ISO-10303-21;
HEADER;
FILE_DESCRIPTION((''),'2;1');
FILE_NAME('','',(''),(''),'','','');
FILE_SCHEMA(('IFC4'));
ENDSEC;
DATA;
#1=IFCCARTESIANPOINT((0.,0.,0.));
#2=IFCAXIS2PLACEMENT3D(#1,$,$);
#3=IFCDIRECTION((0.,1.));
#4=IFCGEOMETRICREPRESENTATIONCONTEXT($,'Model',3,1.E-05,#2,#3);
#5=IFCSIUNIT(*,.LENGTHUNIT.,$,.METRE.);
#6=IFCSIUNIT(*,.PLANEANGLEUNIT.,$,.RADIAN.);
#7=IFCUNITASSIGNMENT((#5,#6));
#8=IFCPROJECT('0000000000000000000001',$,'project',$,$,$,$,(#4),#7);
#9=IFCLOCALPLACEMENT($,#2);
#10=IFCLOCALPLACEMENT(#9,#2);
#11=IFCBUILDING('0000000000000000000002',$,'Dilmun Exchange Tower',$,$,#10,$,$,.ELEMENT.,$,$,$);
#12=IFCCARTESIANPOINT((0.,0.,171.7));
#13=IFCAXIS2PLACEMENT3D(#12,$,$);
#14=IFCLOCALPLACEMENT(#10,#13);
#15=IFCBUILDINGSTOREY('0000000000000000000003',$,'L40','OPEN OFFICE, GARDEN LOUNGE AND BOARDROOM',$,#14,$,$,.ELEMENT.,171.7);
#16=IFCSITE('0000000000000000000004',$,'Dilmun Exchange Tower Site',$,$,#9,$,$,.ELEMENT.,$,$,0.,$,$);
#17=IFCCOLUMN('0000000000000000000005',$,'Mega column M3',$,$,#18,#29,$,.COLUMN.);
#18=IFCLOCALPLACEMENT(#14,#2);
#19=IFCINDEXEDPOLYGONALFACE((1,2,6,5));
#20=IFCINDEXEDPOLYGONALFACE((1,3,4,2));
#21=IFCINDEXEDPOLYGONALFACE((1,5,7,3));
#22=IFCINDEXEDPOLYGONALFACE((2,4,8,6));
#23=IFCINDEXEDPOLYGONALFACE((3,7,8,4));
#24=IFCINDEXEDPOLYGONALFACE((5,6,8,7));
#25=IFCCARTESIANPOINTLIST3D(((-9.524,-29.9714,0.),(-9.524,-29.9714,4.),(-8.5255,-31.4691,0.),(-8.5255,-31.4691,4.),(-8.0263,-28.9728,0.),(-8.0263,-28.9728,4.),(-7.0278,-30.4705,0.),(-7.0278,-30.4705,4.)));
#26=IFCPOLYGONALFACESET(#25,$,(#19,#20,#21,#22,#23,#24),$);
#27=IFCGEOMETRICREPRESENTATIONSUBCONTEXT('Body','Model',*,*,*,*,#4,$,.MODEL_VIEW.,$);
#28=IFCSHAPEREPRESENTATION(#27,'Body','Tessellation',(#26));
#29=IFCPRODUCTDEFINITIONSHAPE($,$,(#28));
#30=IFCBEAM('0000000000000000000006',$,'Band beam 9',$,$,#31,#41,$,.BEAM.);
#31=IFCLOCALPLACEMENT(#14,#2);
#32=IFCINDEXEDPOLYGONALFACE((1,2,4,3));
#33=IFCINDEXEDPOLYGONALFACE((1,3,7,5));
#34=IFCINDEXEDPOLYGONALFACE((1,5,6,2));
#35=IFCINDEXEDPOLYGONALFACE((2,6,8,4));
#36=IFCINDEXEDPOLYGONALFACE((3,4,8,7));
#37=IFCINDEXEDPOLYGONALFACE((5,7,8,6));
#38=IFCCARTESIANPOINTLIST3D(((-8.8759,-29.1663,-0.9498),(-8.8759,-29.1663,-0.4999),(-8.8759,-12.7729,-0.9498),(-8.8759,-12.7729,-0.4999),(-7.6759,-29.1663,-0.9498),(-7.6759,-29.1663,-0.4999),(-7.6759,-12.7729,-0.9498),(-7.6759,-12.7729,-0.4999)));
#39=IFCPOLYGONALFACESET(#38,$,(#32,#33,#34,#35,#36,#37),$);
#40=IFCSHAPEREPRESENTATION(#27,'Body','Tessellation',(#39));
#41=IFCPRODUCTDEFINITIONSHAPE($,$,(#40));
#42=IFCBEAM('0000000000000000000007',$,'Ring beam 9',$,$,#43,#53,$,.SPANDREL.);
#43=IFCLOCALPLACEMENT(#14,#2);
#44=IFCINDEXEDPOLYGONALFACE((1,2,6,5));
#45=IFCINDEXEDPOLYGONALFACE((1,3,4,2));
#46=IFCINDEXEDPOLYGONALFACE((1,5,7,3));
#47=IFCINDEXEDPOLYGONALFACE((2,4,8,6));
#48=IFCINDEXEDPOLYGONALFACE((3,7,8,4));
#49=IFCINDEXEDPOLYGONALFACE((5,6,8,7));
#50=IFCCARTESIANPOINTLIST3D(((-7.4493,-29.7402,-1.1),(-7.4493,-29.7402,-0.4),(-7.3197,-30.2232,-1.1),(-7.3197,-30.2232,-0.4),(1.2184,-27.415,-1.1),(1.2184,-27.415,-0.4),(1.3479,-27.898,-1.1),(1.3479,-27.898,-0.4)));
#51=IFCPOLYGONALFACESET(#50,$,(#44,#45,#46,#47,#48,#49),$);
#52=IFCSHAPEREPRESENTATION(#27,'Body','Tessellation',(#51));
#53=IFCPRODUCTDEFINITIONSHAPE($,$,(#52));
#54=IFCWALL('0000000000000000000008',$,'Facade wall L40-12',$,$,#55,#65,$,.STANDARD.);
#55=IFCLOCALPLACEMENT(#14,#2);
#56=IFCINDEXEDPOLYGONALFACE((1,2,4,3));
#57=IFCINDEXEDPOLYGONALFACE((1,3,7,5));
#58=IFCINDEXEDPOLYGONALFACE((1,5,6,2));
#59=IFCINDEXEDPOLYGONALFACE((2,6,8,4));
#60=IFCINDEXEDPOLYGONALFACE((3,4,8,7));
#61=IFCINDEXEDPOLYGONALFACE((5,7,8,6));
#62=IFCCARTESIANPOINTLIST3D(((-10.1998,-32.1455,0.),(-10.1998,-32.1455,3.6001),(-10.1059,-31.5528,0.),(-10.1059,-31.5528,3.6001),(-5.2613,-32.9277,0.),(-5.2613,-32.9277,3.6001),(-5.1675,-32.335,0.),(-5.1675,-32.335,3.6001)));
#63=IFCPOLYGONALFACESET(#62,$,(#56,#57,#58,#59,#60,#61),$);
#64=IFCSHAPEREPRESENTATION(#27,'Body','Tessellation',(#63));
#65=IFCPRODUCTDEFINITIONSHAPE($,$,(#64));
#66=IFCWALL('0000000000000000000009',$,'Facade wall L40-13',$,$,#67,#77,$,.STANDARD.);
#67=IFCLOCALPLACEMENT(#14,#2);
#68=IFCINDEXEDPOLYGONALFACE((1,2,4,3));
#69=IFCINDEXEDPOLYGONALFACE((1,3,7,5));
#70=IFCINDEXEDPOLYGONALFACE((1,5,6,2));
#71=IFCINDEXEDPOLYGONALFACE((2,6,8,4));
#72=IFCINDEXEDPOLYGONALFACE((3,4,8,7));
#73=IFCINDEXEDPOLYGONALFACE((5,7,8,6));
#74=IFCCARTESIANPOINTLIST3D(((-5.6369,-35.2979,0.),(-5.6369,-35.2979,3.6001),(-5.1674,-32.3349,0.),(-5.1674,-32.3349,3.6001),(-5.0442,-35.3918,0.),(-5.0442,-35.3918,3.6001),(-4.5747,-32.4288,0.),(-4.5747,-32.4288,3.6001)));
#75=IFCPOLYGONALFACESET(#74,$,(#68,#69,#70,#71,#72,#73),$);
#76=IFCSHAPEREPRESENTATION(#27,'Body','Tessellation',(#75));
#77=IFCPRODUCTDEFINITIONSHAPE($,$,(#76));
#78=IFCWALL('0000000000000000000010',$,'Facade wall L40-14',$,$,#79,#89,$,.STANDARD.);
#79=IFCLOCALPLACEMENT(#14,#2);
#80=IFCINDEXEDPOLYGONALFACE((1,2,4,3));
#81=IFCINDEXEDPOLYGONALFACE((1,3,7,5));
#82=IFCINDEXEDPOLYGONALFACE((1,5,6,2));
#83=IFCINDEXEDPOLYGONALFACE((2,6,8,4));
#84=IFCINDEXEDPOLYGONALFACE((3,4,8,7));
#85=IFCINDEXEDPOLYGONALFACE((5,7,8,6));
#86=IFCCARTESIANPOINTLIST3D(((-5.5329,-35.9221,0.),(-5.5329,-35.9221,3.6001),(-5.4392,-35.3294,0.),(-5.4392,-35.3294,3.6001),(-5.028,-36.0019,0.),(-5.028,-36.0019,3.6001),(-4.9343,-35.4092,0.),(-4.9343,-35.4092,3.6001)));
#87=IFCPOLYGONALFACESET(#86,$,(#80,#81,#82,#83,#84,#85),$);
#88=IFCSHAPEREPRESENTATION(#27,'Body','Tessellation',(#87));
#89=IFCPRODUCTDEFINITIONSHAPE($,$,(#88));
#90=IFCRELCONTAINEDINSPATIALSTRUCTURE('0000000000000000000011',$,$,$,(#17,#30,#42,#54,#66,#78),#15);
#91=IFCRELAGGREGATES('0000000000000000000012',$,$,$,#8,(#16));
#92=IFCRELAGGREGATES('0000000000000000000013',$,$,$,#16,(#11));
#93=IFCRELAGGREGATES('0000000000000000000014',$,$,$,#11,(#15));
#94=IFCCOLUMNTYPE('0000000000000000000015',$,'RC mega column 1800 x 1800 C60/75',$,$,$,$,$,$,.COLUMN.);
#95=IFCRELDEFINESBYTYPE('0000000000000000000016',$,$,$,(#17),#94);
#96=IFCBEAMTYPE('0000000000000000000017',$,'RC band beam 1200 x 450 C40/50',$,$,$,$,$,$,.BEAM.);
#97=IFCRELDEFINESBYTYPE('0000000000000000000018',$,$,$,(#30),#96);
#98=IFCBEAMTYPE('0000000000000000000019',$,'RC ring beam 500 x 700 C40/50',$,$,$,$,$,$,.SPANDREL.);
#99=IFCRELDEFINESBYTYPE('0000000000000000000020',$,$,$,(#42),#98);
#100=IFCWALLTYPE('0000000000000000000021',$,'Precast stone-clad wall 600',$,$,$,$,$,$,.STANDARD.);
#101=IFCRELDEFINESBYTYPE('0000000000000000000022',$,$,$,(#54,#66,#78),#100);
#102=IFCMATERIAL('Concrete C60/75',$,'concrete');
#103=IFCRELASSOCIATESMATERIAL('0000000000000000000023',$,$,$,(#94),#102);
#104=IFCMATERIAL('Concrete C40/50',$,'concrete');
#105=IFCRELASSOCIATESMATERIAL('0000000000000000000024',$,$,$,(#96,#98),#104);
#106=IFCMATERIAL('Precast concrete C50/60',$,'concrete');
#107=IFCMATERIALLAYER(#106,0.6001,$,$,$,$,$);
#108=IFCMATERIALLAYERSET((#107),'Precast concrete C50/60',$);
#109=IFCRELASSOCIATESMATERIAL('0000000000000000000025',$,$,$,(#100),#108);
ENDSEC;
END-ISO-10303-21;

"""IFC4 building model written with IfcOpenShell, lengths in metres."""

from ifc_helpers import new_model, si_unit, direction, frame, frame_2d, origin, origin_2d, place, context, subcontext, project, spatial, rectangle, extrude, material, layer, layer_set, material_profile, profile_set, type_object, element, save


model = new_model("IFC4")

# Units and contexts
model_context = context("Model", 3, precision=1e-05, world=origin(), true_north=direction((0.0, 1.0)))
body_context = subcontext(model_context, "Body", "Model", "MODEL_VIEW")
ifc_project = project(units=[si_unit("LENGTHUNIT", "METRE"), si_unit("PLANEANGLEUNIT", "RADIAN")], contexts=[model_context])

# Site, building, storey
site_placement = place(None, origin())
site = spatial("IfcSite", under=ifc_project, at=site_placement, Name="Dilmun Exchange Tower Site", CompositionType="ELEMENT", RefElevation=0.0)
building_placement = place(site_placement, origin())
building = spatial("IfcBuilding", under=site, at=building_placement, Name="Dilmun Exchange Tower", CompositionType="ELEMENT")
storey_placement = place(building_placement, frame((0.0, 0.0, 171.7)))
storey = spatial("IfcBuildingStorey", under=building, at=storey_placement, Name="L40", Description="OPEN OFFICE, GARDEN LOUNGE AND BOARDROOM", CompositionType="ELEMENT", Elevation=171.7)

# Column
ifc_material_1 = material(Name="Concrete C60/75", Category="concrete")
ifc_material_profile_1 = material_profile(ifc_material_1, rectangle(XDim=1.8, YDim=1.8, at=origin_2d()), Name="1800 x 1800")
ifc_profile_set_1 = profile_set([ifc_material_profile_1], Name="Concrete C60/75")
column_type = type_object("IfcColumnType", Name="RC mega column 1800 x 1800 C60/75", PredefinedType="COLUMN", material=ifc_profile_set_1)
column_placement = place(storey_placement, frame((-8.2759, -30.2209, 0.0), z_axis=(0.0, 0.0, 1.0), x_axis=(0.832029, 0.554733, 0.0)))
element("IfcColumn", 1, at=column_placement, inside=storey, type_object=column_type, Name="Mega column M3", PredefinedType="COLUMN", context=body_context, shape_type="SweptSolid", body=[
    extrude(rectangle(XDim=1.8, YDim=1.8, at=origin_2d()), origin(), (0.0, 0.0, 1.0), 4.0),
])

# Beams
ifc_material_2 = material(Name="Concrete C40/50", Category="concrete")
ifc_material_profile_2 = material_profile(ifc_material_2, rectangle(XDim=1.2, YDim=0.45, at=origin_2d()), Name="1200 x 450")
ifc_profile_set_2 = profile_set([ifc_material_profile_2], Name="Concrete C40/50")
beam_type_1 = type_object("IfcBeamType", Name="RC band beam 1200 x 450 C40/50", PredefinedType="BEAM", material=ifc_profile_set_2)
beam_1_placement = place(storey_placement, frame((-8.2759, -29.1663, -0.7249), z_axis=(0.0, 1.0, 0.0), x_axis=(-1.0, 0.0, 0.0)))
element("IfcBeam", 2, at=beam_1_placement, inside=storey, type_object=beam_type_1, Name="Band beam 9", PredefinedType="BEAM", context=body_context, shape_type="SweptSolid", body=[
    extrude(rectangle(XDim=1.2, YDim=0.45, at=origin_2d()), origin(), (0.0, 0.0, 1.0), 16.3933),
])
ifc_material_profile_3 = material_profile(ifc_material_2, rectangle(XDim=0.5, YDim=0.7, at=origin_2d()), Name="500 x 700")
ifc_profile_set_3 = profile_set([ifc_material_profile_3], Name="Concrete C40/50")
beam_type_2 = type_object("IfcBeamType", Name="RC ring beam 500 x 700 C40/50", PredefinedType="SPANDREL", material=ifc_profile_set_3)
beam_2_placement = place(storey_placement, frame((-7.3845, -29.9817, -0.75), z_axis=(0.965851, 0.259098, 0.0), x_axis=(-0.259098, 0.965851, 0.0)))
element("IfcBeam", 3, at=beam_2_placement, inside=storey, type_object=beam_type_2, Name="Ring beam 9", PredefinedType="SPANDREL", context=body_context, shape_type="SweptSolid", body=[
    extrude(rectangle(XDim=0.5, YDim=0.7, at=origin_2d()), origin(), (0.0, 0.0, 1.0), 8.9741),
])

# Walls
ifc_material_3 = material(Name="Precast concrete C50/60", Category="concrete")
ifc_layer = layer(ifc_material_3, 0.6001)
ifc_layer_set = layer_set([ifc_layer], Name="Precast concrete C50/60")
wall_type = type_object("IfcWallType", Name="Precast stone-clad wall 600", PredefinedType="STANDARD", material=ifc_layer_set)
wall_1_placement = place(storey_placement, frame((-10.1528, -31.8491, 0.0), z_axis=(0.0, 0.0, 1.0), x_axis=(0.987687, -0.156444, 0.0)))
element("IfcWall", 4, at=wall_1_placement, inside=storey, type_object=wall_type, Name="Facade wall L40-12", PredefinedType="STANDARD", context=body_context, shape_type="SweptSolid", body=[
    extrude(rectangle(XDim=5.0, YDim=0.6001, at=frame_2d((2.5, 0.0))), origin(), (0.0, 0.0, 1.0), 3.6001),
])
wall_2_placement = place(storey_placement, frame((-4.8711, -32.3818, 0.0), z_axis=(0.0, 0.0, 1.0), x_axis=(-0.156489, -0.98768, 0.0)))
element("IfcWall", 5, at=wall_2_placement, inside=storey, type_object=wall_type, Name="Facade wall L40-13", PredefinedType="STANDARD", context=body_context, shape_type="SweptSolid", body=[
    extrude(rectangle(XDim=3.0, YDim=0.6001, at=frame_2d((1.5, 0.0))), origin(), (0.0, 0.0, 1.0), 3.6001),
])
wall_3_placement = place(storey_placement, frame((-5.4861, -35.6257, 0.0), z_axis=(0.0, 0.0, 1.0), x_axis=(0.987728, -0.156183, 0.0)))
element("IfcWall", 6, at=wall_3_placement, inside=storey, type_object=wall_type, Name="Facade wall L40-14", PredefinedType="STANDARD", context=body_context, shape_type="SweptSolid", body=[
    extrude(rectangle(XDim=0.5112, YDim=0.6001, at=frame_2d((0.2556, 0.0))), origin(), (0.0, 0.0, 1.0), 3.6001),
])

save(model, "model.ifc")
